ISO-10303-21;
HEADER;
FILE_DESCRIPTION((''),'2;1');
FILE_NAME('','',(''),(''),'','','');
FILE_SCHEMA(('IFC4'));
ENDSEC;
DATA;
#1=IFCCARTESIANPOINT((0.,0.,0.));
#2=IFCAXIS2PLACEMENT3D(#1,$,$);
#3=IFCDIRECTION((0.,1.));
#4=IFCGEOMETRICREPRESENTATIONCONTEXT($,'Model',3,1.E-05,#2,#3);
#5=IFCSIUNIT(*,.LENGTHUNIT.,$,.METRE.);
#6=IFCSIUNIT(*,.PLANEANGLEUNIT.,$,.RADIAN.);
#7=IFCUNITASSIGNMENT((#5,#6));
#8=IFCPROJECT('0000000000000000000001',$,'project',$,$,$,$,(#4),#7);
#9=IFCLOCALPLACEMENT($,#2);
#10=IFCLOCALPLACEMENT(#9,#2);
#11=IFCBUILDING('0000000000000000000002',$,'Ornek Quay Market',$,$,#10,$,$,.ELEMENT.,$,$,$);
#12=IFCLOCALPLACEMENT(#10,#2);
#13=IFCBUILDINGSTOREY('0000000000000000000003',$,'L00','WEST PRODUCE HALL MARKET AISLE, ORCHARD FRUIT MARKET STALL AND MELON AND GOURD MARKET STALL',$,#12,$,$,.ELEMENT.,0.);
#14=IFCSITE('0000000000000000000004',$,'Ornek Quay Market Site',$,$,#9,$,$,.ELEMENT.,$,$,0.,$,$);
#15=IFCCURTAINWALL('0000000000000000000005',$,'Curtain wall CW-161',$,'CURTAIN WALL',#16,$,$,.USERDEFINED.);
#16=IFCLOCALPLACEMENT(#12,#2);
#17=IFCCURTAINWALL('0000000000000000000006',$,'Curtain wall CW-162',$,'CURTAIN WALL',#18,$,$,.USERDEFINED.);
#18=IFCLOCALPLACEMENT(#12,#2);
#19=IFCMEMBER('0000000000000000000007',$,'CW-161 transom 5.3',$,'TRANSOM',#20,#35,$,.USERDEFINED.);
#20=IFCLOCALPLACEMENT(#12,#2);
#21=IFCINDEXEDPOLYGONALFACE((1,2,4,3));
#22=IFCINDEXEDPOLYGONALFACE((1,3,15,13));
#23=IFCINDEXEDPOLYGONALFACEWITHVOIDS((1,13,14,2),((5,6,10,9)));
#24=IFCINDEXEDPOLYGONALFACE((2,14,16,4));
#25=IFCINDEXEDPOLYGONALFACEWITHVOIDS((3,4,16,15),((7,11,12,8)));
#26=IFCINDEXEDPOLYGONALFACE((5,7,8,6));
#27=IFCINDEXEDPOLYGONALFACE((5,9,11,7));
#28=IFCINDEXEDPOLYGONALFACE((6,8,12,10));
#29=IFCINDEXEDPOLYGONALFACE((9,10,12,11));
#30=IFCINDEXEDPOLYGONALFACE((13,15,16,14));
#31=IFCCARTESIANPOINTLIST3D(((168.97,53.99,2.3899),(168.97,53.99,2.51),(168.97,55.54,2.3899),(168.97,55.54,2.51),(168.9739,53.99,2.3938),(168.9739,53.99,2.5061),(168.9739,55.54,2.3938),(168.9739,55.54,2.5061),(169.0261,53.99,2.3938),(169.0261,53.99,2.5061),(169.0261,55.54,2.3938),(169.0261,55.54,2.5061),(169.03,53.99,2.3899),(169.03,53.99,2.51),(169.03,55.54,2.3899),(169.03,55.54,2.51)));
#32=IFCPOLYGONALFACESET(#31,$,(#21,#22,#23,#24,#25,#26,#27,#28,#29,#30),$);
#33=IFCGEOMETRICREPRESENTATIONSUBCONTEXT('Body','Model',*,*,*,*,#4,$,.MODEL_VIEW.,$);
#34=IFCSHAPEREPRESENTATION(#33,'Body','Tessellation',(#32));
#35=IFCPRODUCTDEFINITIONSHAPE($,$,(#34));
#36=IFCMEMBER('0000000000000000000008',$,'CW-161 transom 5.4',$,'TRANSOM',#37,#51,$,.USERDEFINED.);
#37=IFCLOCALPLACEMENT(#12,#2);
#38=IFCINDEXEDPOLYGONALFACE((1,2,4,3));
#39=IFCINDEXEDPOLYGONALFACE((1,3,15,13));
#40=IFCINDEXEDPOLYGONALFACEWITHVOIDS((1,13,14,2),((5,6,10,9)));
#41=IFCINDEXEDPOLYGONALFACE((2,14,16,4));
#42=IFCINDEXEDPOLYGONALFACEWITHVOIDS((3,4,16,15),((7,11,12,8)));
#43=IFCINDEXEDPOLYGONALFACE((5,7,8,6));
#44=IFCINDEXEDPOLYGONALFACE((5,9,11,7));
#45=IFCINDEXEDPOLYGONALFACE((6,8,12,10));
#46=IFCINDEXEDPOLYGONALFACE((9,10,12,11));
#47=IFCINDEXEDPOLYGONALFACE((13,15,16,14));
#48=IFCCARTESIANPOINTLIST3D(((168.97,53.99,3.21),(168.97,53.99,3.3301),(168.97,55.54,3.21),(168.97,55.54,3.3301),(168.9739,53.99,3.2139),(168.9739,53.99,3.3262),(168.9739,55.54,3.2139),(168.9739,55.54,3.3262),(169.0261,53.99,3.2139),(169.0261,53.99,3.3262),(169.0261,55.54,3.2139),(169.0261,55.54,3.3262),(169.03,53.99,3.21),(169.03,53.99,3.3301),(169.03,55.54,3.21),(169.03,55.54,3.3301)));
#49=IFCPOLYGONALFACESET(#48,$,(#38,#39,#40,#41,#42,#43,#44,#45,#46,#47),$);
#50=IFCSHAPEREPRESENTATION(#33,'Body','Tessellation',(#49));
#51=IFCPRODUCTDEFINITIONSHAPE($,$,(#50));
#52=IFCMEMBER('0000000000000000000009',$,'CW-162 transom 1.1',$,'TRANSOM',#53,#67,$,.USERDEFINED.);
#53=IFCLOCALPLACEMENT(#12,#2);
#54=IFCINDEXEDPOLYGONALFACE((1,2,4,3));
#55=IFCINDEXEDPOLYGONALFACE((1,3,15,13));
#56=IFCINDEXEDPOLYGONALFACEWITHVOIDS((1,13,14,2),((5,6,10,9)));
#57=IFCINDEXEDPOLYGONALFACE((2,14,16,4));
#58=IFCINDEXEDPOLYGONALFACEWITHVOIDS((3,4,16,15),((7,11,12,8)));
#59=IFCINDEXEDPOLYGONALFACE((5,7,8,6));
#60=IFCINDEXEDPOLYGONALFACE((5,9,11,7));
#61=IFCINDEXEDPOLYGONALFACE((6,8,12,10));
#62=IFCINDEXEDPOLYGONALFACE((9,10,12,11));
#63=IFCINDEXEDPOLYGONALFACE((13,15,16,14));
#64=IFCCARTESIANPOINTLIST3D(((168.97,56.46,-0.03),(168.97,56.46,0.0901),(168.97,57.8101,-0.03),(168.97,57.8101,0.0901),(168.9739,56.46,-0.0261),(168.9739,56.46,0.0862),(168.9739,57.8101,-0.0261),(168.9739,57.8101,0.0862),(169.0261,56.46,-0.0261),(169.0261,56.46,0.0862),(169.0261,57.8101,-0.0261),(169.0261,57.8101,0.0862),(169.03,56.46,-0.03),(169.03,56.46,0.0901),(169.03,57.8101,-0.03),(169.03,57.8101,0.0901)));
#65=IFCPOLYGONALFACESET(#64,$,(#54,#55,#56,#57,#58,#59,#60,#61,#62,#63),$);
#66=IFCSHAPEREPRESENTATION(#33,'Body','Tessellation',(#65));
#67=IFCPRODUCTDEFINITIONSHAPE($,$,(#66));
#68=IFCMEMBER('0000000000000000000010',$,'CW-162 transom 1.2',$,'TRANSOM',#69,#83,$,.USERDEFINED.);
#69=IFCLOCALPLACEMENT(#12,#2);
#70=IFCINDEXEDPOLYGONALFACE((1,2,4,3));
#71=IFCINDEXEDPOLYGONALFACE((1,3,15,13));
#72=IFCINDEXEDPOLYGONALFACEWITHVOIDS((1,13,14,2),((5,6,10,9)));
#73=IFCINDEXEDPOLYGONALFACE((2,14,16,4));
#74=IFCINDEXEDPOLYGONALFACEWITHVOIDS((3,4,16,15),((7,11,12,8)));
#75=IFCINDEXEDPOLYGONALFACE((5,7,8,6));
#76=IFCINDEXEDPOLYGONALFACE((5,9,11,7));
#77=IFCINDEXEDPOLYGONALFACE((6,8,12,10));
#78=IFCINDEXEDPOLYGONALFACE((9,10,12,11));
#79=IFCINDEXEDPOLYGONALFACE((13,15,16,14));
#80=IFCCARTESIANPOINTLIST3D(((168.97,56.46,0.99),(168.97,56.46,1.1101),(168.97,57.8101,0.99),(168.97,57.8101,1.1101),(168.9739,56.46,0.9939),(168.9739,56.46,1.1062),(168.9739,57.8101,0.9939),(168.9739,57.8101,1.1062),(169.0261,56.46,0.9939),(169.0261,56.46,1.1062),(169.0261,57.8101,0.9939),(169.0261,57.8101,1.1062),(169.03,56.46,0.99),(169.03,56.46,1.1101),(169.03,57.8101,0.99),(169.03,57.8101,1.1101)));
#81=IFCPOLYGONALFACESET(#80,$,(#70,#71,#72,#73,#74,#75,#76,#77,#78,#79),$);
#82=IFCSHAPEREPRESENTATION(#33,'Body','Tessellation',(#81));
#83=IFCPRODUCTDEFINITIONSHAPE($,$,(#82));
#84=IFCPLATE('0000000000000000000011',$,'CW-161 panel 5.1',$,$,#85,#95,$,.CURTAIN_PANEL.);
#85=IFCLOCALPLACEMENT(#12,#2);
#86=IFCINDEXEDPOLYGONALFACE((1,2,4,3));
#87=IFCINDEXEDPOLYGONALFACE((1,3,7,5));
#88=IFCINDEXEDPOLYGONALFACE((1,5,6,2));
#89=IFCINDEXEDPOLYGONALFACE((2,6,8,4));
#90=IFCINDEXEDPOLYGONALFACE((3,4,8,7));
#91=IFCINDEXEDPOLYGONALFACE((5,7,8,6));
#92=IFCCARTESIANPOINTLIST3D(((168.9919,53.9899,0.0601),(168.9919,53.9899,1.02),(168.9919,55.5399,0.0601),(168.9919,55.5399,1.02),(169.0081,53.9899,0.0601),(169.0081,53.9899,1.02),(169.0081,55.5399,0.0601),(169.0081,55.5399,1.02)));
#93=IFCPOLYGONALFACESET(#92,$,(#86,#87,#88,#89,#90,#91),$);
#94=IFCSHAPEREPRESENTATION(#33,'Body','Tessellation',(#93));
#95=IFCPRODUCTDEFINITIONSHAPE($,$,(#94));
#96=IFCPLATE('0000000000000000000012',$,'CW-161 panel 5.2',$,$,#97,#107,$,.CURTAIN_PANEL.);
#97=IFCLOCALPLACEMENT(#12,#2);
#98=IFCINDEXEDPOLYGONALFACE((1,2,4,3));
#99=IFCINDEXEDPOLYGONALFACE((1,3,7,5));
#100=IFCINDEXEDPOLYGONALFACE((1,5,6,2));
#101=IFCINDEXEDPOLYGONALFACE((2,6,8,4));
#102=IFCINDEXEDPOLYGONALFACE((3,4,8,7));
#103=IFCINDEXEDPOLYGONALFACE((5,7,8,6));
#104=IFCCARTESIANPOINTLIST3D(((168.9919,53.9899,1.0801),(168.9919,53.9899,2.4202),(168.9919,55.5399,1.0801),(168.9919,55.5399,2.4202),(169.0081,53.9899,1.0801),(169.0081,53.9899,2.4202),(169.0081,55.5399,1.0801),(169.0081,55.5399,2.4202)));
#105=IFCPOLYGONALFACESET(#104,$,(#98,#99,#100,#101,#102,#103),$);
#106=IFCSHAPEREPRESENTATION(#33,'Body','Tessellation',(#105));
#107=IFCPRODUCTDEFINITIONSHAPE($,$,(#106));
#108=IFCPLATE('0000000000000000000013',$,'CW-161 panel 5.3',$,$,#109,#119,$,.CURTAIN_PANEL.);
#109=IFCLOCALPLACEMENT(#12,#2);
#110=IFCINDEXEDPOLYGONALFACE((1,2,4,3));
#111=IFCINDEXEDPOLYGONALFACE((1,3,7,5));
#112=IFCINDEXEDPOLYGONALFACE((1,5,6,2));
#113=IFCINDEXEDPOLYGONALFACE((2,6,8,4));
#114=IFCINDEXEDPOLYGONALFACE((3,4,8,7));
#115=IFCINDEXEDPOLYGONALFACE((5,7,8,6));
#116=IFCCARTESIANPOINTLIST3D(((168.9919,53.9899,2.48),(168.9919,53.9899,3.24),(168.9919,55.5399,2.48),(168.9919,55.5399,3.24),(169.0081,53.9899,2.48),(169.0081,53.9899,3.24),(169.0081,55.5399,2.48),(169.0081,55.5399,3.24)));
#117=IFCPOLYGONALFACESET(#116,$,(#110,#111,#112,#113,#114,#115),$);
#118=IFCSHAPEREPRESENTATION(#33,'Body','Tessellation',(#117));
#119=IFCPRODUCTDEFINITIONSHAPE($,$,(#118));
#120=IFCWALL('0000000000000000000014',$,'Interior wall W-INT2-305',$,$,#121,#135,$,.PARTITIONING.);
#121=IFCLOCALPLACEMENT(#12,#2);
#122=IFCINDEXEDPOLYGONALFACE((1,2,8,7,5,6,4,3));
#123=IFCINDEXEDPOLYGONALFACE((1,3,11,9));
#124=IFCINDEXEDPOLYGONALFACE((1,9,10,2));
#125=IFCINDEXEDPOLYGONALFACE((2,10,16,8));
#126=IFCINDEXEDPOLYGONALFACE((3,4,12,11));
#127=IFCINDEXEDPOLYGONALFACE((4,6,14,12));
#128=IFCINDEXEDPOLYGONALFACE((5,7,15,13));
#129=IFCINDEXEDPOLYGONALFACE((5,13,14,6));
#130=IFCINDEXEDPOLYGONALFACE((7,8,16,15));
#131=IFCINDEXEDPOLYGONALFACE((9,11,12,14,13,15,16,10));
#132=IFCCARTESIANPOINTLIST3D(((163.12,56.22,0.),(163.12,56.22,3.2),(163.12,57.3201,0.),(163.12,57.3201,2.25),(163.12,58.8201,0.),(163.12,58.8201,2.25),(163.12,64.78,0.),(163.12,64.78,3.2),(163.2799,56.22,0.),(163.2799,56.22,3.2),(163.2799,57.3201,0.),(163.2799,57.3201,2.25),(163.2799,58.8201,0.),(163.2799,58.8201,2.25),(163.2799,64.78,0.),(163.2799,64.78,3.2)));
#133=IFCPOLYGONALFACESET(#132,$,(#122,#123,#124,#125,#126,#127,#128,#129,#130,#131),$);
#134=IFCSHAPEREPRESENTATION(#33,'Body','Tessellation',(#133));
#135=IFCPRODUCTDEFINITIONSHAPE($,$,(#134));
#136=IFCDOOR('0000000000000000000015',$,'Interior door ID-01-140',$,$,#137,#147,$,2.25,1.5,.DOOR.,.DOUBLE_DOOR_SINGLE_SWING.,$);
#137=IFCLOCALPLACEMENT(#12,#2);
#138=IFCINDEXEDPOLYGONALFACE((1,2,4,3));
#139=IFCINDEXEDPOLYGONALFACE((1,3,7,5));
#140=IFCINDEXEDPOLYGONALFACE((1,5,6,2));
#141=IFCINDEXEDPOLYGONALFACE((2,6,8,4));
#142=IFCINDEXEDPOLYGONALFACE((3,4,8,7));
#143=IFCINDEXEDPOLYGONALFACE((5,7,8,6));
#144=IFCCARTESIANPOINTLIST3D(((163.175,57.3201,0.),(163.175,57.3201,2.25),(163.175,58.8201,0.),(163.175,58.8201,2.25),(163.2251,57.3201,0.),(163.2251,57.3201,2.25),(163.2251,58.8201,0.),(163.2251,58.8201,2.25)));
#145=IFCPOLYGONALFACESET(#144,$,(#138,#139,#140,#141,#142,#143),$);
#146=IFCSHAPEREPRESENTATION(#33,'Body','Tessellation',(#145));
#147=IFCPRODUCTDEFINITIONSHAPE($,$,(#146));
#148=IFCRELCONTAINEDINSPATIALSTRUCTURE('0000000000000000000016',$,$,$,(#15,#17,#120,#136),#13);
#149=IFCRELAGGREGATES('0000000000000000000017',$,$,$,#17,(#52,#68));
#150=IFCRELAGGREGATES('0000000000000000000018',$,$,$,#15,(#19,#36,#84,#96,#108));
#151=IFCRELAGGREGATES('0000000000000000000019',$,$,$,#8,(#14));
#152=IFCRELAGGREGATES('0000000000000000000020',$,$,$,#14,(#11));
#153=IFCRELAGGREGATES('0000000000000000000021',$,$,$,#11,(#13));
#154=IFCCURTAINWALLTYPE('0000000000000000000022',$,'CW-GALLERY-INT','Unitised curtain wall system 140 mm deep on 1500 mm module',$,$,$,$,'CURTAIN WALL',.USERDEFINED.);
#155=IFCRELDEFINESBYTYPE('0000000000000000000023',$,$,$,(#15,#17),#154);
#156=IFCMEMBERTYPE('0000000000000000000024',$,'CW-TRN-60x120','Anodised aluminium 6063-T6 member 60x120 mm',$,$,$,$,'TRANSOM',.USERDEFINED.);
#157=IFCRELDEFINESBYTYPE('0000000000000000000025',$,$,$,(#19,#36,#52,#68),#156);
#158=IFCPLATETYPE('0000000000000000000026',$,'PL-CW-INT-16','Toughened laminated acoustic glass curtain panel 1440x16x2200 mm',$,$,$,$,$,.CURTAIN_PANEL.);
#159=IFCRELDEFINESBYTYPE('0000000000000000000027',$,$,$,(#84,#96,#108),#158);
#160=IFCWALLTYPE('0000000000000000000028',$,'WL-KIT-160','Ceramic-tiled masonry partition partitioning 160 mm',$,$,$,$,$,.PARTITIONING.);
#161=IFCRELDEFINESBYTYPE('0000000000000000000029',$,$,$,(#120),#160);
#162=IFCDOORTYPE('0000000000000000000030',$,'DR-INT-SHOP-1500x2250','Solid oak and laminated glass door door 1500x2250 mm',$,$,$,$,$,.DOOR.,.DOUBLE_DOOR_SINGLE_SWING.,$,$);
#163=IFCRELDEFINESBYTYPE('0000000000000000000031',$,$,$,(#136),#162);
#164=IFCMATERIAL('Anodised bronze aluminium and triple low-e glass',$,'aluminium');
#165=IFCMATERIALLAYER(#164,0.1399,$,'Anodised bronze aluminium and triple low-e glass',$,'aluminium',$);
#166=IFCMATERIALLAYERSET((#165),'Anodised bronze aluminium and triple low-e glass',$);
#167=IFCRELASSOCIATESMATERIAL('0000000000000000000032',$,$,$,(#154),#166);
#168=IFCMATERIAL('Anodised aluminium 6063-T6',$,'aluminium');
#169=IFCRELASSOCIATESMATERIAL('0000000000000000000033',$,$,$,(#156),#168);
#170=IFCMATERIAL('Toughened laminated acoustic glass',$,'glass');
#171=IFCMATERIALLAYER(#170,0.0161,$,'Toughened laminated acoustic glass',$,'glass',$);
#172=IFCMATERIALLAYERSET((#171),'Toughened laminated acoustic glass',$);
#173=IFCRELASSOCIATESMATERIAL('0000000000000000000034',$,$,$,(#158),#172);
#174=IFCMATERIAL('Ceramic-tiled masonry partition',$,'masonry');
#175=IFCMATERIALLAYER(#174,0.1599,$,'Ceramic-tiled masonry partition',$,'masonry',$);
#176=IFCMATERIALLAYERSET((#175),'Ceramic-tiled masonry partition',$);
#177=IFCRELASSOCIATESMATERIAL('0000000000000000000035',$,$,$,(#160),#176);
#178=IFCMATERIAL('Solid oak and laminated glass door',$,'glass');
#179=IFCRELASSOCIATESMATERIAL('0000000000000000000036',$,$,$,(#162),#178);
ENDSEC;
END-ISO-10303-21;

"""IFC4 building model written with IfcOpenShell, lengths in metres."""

from ifc_helpers import new_model, si_unit, direction, frame, frame_2d, origin, origin_2d, place, context, subcontext, project, spatial, rectangle, hollow_rectangle, extrude, material, layer, layer_set, material_profile, profile_set, type_object, element, fill, aggregate, save


model = new_model("IFC4")

# Units and contexts
model_context = context("Model", 3, precision=1e-05, world=origin(), true_north=direction((0.0, 1.0)))
body_context = subcontext(model_context, "Body", "Model", "MODEL_VIEW")
ifc_project = project(units=[si_unit("LENGTHUNIT", "METRE"), si_unit("PLANEANGLEUNIT", "RADIAN")], contexts=[model_context])

# Site, building, storey
site_placement = place(None, origin())
site = spatial("IfcSite", under=ifc_project, at=site_placement, Name="Ornek Quay Market Site", CompositionType="ELEMENT", RefElevation=0.0)
building_placement = place(site_placement, origin())
building = spatial("IfcBuilding", under=site, at=building_placement, Name="Ornek Quay Market", CompositionType="ELEMENT")
storey_placement = place(building_placement, origin())
storey = spatial("IfcBuildingStorey", under=building, at=storey_placement, Name="L00", Description="WEST PRODUCE HALL MARKET AISLE, ORCHARD FRUIT MARKET STALL AND MELON AND GOURD MARKET STALL", CompositionType="ELEMENT", Elevation=0.0)

# Curtain wall
ifc_material_1 = material(Name="Anodised bronze aluminium and triple low-e glass", Category="aluminium")
ifc_layer_1 = layer(ifc_material_1, 0.1399, Name="Anodised bronze aluminium and triple low-e glass", Category="aluminium")
ifc_layer_set_1 = layer_set([ifc_layer_1], Name="Anodised bronze aluminium and triple low-e glass")
curtain_wall_type = type_object("IfcCurtainWallType", Name="CW-GALLERY-INT", Description="Unitised curtain wall system 140 mm deep on 1500 mm module", ElementType="CURTAIN WALL", PredefinedType="USERDEFINED", material=ifc_layer_set_1)
curtain_wall_1_placement = place(storey_placement, origin())
curtain_wall_1 = element("IfcCurtainWall", 1, at=curtain_wall_1_placement, inside=storey, type_object=curtain_wall_type, Name="Curtain wall CW-161", ObjectType="CURTAIN WALL", PredefinedType="USERDEFINED")
ifc_material_2 = material(Name="Anodised aluminium 6063-T6", Category="aluminium")

# Curtain wall
curtain_wall_2_placement = place(storey_placement, origin())
curtain_wall_2 = element("IfcCurtainWall", 2, at=curtain_wall_2_placement, inside=storey, type_object=curtain_wall_type, Name="Curtain wall CW-162", ObjectType="CURTAIN WALL", PredefinedType="USERDEFINED")

# Members
ifc_material_profile_1 = material_profile(ifc_material_2, hollow_rectangle(XDim=0.0601, YDim=0.1201, WallThickness=0.0039, at=origin_2d()), Name="CW-TRN-60x120", Category="aluminium")
ifc_profile_set_1 = profile_set([ifc_material_profile_1], Name="Anodised aluminium 6063-T6")
member_type_1 = type_object("IfcMemberType", Name="CW-TRN-60x120", Description="Anodised aluminium 6063-T6 member 60x120 mm", ElementType="TRANSOM", PredefinedType="USERDEFINED", material=ifc_profile_set_1)
member_1_placement = place(storey_placement, frame((169.0, 53.99, 2.45), z_axis=(0.0, 1.0, 0.0), x_axis=(-1.0, 0.0, 0.0)))
member_1 = element("IfcMember", 3, at=member_1_placement, type_object=member_type_1, Name="CW-161 transom 5.3", ObjectType="TRANSOM", PredefinedType="USERDEFINED", context=body_context, shape_type="SweptSolid", body=[
    extrude(hollow_rectangle(XDim=0.0601, YDim=0.1201, WallThickness=0.0039, at=origin_2d()), origin(), (0.0, 0.0, 1.0), 1.55),
])
member_2_placement = place(storey_placement, frame((169.0, 53.99, 3.27), z_axis=(0.0, 1.0, 0.0), x_axis=(-1.0, 0.0, 0.0)))
member_2 = element("IfcMember", 4, at=member_2_placement, type_object=member_type_1, Name="CW-161 transom 5.4", ObjectType="TRANSOM", PredefinedType="USERDEFINED", context=body_context, shape_type="SweptSolid", body=[
    extrude(hollow_rectangle(XDim=0.0601, YDim=0.1201, WallThickness=0.0039, at=origin_2d()), origin(), (0.0, 0.0, 1.0), 1.55),
])
member_3_placement = place(storey_placement, frame((169.0, 56.46, 0.03), z_axis=(0.0, 1.0, 0.0), x_axis=(-1.0, 0.0, 0.0)))
member_3 = element("IfcMember", 5, at=member_3_placement, type_object=member_type_1, Name="CW-162 transom 1.1", ObjectType="TRANSOM", PredefinedType="USERDEFINED", context=body_context, shape_type="SweptSolid", body=[
    extrude(hollow_rectangle(XDim=0.0601, YDim=0.1201, WallThickness=0.0039, at=origin_2d()), origin(), (0.0, 0.0, 1.0), 1.3501),
])
member_4_placement = place(storey_placement, frame((169.0, 56.46, 1.05), z_axis=(0.0, 1.0, 0.0), x_axis=(-1.0, 0.0, 0.0)))
member_4 = element("IfcMember", 6, at=member_4_placement, type_object=member_type_1, Name="CW-162 transom 1.2", ObjectType="TRANSOM", PredefinedType="USERDEFINED", context=body_context, shape_type="SweptSolid", body=[
    extrude(hollow_rectangle(XDim=0.0601, YDim=0.1201, WallThickness=0.0039, at=origin_2d()), origin(), (0.0, 0.0, 1.0), 1.3501),
])
aggregate(curtain_wall_2, [member_3, member_4])

# Plates
ifc_material_3 = material(Name="Toughened laminated acoustic glass", Category="glass")
ifc_layer_2 = layer(ifc_material_3, 0.0161, Name="Toughened laminated acoustic glass", Category="glass")
ifc_layer_set_2 = layer_set([ifc_layer_2], Name="Toughened laminated acoustic glass")
plate_type = type_object("IfcPlateType", Name="PL-CW-INT-16", Description="Toughened laminated acoustic glass curtain panel 1440x16x2200 mm", PredefinedType="CURTAIN_PANEL", material=ifc_layer_set_2)
plate_1_placement = place(storey_placement, frame((169.0, 54.7649, 0.0601), z_axis=(0.0, 0.0, 1.0), x_axis=(0.0, 1.0, 0.0)))
plate_1 = element("IfcPlate", 7, at=plate_1_placement, type_object=plate_type, Name="CW-161 panel 5.1", PredefinedType="CURTAIN_PANEL", context=body_context, shape_type="SweptSolid", body=[
    extrude(rectangle(XDim=1.55, YDim=0.0161, at=origin_2d()), origin(), (0.0, 0.0, 1.0), 0.96),
])
plate_2_placement = place(storey_placement, frame((169.0, 54.7649, 1.0801), z_axis=(0.0, 0.0, 1.0), x_axis=(0.0, 1.0, 0.0)))
plate_2 = element("IfcPlate", 8, at=plate_2_placement, type_object=plate_type, Name="CW-161 panel 5.2", PredefinedType="CURTAIN_PANEL", context=body_context, shape_type="SweptSolid", body=[
    extrude(rectangle(XDim=1.55, YDim=0.0161, at=origin_2d()), origin(), (0.0, 0.0, 1.0), 1.3401),
])
plate_3_placement = place(storey_placement, frame((169.0, 54.7649, 2.48), z_axis=(0.0, 0.0, 1.0), x_axis=(0.0, 1.0, 0.0)))
plate_3 = element("IfcPlate", 9, at=plate_3_placement, type_object=plate_type, Name="CW-161 panel 5.3", PredefinedType="CURTAIN_PANEL", context=body_context, shape_type="SweptSolid", body=[
    extrude(rectangle(XDim=1.55, YDim=0.0161, at=origin_2d()), origin(), (0.0, 0.0, 1.0), 0.76),
])
aggregate(curtain_wall_1, [member_1, member_2, plate_1, plate_2, plate_3])

# Wall, opening, door
ifc_material_4 = material(Name="Ceramic-tiled masonry partition", Category="masonry")
ifc_layer_3 = layer(ifc_material_4, 0.1599, Name="Ceramic-tiled masonry partition", Category="masonry")
ifc_layer_set_3 = layer_set([ifc_layer_3], Name="Ceramic-tiled masonry partition")
wall_type = type_object("IfcWallType", Name="WL-KIT-160", Description="Ceramic-tiled masonry partition partitioning 160 mm", PredefinedType="PARTITIONING", material=ifc_layer_set_3)
wall_placement = place(storey_placement, frame((163.2, 56.22, 0.0), z_axis=(0.0, 0.0, 1.0), x_axis=(0.0, 1.0, 0.0)))
wall = element("IfcWall", 10, at=wall_placement, inside=storey, type_object=wall_type, Name="Interior wall W-INT2-305", PredefinedType="PARTITIONING", context=body_context, shape_type="SweptSolid", body=[
    extrude(rectangle(XDim=8.5601, YDim=0.1599, at=frame_2d((4.28, 0.0))), origin(), (0.0, 0.0, 1.0), 3.2),
])
opening_placement = place(wall_placement, frame((1.1001, 0.0, 0.0)))
opening = element("IfcOpeningElement", 11, at=opening_placement, cuts=wall, PredefinedType="OPENING", context=body_context, shape_type="SweptSolid", body=[
    extrude(rectangle(XDim=1.5, YDim=2.25, at=frame_2d((0.75, 1.125))), frame((0.0, 0.0898, 0.0), z_axis=(0.0, -1.0, 0.0), x_axis=(1.0, 0.0, 0.0)), (0.0, 0.0, 1.0), 0.1799),
])
ifc_material_5 = material(Name="Solid oak and laminated glass door", Category="glass")
door_type = type_object("IfcDoorType", Name="DR-INT-SHOP-1500x2250", Description="Solid oak and laminated glass door door 1500x2250 mm", OperationType="DOUBLE_DOOR_SINGLE_SWING", PredefinedType="DOOR", material=ifc_material_5)
door_placement = place(opening_placement, origin())
door = element("IfcDoor", 12, at=door_placement, inside=storey, type_object=door_type, Name="Interior door ID-01-140", OperationType="DOUBLE_DOOR_SINGLE_SWING", OverallHeight=2.25, OverallWidth=1.5, PredefinedType="DOOR", context=body_context, shape_type="SweptSolid", body=[
    extrude(rectangle(XDim=1.5, YDim=2.25, at=frame_2d((0.75, 1.125))), frame((0.0, 0.0249, 0.0), z_axis=(0.0, -1.0, 0.0), x_axis=(1.0, 0.0, 0.0)), (0.0, 0.0, 1.0), 0.05),
])
fill(opening, door)

save(model, "model.ifc")
